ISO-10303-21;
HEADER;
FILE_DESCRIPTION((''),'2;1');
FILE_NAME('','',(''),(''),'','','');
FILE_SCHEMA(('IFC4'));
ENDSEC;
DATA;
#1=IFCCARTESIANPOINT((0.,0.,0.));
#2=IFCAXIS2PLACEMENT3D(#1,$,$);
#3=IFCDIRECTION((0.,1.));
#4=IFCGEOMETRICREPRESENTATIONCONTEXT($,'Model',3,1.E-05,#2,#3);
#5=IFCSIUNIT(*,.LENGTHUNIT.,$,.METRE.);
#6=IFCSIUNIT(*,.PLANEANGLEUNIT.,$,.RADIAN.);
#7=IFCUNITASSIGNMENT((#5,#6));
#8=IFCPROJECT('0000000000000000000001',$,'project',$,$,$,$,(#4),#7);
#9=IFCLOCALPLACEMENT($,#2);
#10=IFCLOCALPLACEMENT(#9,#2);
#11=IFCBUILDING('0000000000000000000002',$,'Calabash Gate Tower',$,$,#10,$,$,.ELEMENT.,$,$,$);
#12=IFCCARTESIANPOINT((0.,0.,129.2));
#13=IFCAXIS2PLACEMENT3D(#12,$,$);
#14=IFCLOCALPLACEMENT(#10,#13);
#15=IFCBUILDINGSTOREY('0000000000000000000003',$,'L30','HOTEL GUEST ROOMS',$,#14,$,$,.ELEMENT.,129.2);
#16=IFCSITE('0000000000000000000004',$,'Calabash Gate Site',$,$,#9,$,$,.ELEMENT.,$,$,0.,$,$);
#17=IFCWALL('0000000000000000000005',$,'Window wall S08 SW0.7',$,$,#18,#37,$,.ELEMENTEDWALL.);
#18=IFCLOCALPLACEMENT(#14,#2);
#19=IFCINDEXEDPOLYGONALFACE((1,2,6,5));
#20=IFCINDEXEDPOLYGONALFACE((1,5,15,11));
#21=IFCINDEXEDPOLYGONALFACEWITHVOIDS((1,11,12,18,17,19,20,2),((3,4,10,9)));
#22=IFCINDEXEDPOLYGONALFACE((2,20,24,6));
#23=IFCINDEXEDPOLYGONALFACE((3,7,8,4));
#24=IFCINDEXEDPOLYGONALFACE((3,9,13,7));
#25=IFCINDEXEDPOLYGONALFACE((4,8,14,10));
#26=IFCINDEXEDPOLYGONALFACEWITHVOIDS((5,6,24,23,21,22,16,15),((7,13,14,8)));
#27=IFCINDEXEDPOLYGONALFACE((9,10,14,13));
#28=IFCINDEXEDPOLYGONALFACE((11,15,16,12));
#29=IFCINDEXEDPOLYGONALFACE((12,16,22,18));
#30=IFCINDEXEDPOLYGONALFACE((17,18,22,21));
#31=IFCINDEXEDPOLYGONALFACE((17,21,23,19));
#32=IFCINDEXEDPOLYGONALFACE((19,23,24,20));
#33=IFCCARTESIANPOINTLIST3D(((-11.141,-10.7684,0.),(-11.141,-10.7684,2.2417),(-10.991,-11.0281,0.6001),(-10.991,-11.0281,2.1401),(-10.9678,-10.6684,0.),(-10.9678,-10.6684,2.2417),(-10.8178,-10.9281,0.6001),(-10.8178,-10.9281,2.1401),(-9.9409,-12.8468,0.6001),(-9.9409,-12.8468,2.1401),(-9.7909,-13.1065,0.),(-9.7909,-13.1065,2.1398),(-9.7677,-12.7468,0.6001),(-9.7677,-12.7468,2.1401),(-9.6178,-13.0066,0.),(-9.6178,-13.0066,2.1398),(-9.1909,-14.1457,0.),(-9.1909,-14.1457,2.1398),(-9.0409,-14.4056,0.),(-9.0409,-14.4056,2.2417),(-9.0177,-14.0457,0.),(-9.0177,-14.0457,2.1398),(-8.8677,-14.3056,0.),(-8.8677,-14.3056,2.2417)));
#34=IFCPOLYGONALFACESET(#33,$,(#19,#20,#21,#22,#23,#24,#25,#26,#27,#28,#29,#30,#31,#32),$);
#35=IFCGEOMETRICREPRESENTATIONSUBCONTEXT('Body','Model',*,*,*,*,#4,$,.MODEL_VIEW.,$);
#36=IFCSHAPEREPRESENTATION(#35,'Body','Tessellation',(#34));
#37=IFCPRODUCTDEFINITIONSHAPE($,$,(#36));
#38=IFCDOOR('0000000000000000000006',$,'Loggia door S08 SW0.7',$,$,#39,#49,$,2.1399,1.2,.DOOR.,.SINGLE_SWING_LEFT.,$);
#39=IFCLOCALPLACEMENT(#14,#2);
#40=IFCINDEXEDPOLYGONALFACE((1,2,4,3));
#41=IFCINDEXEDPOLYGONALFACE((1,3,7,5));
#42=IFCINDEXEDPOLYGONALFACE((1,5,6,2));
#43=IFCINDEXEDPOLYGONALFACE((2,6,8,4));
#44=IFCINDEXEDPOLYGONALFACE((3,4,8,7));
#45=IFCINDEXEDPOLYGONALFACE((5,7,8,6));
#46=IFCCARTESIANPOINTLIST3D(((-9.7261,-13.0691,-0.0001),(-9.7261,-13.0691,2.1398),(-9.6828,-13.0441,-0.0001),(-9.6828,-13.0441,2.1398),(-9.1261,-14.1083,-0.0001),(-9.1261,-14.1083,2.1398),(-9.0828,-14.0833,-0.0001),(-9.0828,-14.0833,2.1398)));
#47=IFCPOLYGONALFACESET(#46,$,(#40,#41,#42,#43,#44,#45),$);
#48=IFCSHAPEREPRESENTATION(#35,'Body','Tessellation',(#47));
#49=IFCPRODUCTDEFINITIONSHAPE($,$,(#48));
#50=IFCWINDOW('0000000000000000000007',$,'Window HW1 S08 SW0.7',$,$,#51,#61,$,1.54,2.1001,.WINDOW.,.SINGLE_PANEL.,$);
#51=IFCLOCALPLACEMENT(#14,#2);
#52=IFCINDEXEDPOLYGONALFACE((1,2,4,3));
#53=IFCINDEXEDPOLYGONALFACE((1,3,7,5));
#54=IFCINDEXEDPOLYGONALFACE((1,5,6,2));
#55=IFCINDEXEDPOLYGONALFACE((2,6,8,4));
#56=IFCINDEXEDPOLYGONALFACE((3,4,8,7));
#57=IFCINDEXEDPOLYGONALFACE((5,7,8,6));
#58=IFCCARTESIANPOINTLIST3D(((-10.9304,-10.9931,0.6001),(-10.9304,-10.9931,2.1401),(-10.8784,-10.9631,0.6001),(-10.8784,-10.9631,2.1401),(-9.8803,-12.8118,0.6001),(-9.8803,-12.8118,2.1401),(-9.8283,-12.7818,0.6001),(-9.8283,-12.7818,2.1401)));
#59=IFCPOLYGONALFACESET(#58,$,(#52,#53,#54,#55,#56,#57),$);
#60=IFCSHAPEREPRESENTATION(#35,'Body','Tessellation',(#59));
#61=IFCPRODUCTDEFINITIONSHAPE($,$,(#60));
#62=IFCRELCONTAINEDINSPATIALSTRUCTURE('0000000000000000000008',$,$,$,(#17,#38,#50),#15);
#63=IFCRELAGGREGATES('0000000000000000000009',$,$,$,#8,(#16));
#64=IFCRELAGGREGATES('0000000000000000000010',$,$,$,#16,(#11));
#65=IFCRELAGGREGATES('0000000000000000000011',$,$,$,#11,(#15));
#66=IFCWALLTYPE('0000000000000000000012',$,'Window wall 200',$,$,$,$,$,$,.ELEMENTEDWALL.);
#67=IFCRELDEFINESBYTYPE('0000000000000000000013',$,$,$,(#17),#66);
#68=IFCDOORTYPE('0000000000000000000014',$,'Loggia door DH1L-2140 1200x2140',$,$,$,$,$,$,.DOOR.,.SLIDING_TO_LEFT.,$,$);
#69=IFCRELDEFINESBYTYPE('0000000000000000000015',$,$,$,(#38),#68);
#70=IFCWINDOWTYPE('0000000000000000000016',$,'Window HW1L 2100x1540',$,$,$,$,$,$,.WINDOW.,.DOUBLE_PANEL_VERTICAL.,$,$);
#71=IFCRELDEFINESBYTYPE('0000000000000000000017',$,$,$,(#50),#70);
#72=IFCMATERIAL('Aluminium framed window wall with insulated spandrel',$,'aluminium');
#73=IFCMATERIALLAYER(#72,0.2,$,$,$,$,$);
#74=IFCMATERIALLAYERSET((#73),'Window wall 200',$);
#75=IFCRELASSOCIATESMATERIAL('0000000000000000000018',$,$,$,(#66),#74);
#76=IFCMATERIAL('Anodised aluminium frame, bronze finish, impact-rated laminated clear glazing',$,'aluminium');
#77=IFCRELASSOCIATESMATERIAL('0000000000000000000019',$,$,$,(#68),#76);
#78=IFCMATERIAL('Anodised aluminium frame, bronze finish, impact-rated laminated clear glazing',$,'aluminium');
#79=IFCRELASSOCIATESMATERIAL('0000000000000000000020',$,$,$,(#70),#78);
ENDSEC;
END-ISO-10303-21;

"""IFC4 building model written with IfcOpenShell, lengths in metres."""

from ifc_helpers import new_model, si_unit, direction, frame, frame_2d, origin, place, context, subcontext, project, spatial, rectangle, extrude, material, layer, layer_set, type_object, element, fill, save


model = new_model("IFC4")

# Units and contexts
model_context = context("Model", 3, precision=1e-05, world=origin(), true_north=direction((0.0, 1.0)))
body_context = subcontext(model_context, "Body", "Model", "MODEL_VIEW")
ifc_project = project(units=[si_unit("LENGTHUNIT", "METRE"), si_unit("PLANEANGLEUNIT", "RADIAN")], contexts=[model_context])

# Site, building, storey
site_placement = place(None, origin())
site = spatial("IfcSite", under=ifc_project, at=site_placement, Name="Calabash Gate Site", CompositionType="ELEMENT", RefElevation=0.0)
building_placement = place(site_placement, origin())
building = spatial("IfcBuilding", under=site, at=building_placement, Name="Calabash Gate Tower", CompositionType="ELEMENT")
storey_placement = place(building_placement, frame((0.0, 0.0, 129.2)))
storey = spatial("IfcBuildingStorey", under=building, at=storey_placement, Name="L30", Description="HOTEL GUEST ROOMS", CompositionType="ELEMENT", Elevation=129.2)

# Wall, openings, door, window
ifc_material_1 = material(Name="Aluminium framed window wall with insulated spandrel", Category="aluminium")
ifc_layer_1 = layer(ifc_material_1, 0.2)
ifc_layer_set_1 = layer_set([ifc_layer_1], Name="Window wall 200")
wall_type_1 = type_object("IfcWallType", Name="Window wall 200", PredefinedType="ELEMENTEDWALL", material=ifc_layer_set_1)
wall_1_placement = place(storey_placement, frame((-11.0544, -10.7183, 0.0), z_axis=(0.0, 0.0, 1.0), x_axis=(0.500028, -0.866009, 0.0)))
wall_1 = element("IfcWall", 1, at=wall_1_placement, inside=storey, type_object=wall_type_1, Name="Window wall S08 SW0.7", PredefinedType="ELEMENTEDWALL", context=body_context, shape_type="SweptSolid", body=[
    extrude(rectangle(XDim=4.2, YDim=0.2, at=frame_2d((2.1001, 0.0))), origin(), (0.0, 0.0, 1.0), 2.2417),
])
opening_1_placement = place(wall_1_placement, frame((0.3, 0.0, 0.6001)))
opening_1 = element("IfcOpeningElement", 2, at=opening_1_placement, cuts=wall_1, PredefinedType="OPENING", context=body_context, shape_type="SweptSolid", body=[
    extrude(rectangle(XDim=2.1001, YDim=1.54, at=frame_2d((1.05, 0.77))), frame((0.0, 0.1099, 0.0), z_axis=(0.0, -1.0, 0.0), x_axis=(1.0, 0.0, 0.0)), (0.0, 0.0, 1.0), 0.22),
])
opening_2_placement = place(wall_1_placement, frame((2.7, 0.0, 0.0)))
opening_2 = element("IfcOpeningElement", 3, at=opening_2_placement, cuts=wall_1, PredefinedType="OPENING", context=body_context, shape_type="SweptSolid", body=[
    extrude(rectangle(XDim=1.2, YDim=2.1399, at=frame_2d((0.6001, 1.0698))), frame((0.0, 0.1099, 0.0), z_axis=(0.0, -1.0, 0.0), x_axis=(1.0, 0.0, 0.0)), (0.0, 0.0, 1.0), 0.22),
])
ifc_material_2 = material(Name="Anodised aluminium frame, bronze finish, impact-rated laminated clear glazing", Category="aluminium")
door_type_1 = type_object("IfcDoorType", Name="Loggia door DH1L-2140 1200x2140", OperationType="SLIDING_TO_LEFT", PredefinedType="DOOR", material=ifc_material_2)
door_1_placement = place(opening_2_placement, origin())
door_1 = element("IfcDoor", 4, at=door_1_placement, inside=storey, type_object=door_type_1, Name="Loggia door S08 SW0.7", OperationType="SINGLE_SWING_LEFT", OverallHeight=2.1399, OverallWidth=1.2, PredefinedType="DOOR", context=body_context, shape_type="SweptSolid", body=[
    extrude(rectangle(XDim=1.2, YDim=2.1399, at=frame_2d((0.6001, 1.0698))), frame((0.0, 0.0249, 0.0), z_axis=(0.0, -1.0, 0.0), x_axis=(1.0, 0.0, 0.0)), (0.0, 0.0, 1.0), 0.05),
])
fill(opening_2, door_1)
ifc_material_3 = material(Name="Anodised aluminium frame, bronze finish, impact-rated laminated clear glazing", Category="aluminium")
window_type_1 = type_object("IfcWindowType", Name="Window HW1L 2100x1540", PartitioningType="DOUBLE_PANEL_VERTICAL", PredefinedType="WINDOW", material=ifc_material_3)
window_1_placement = place(opening_1_placement, origin())
window_1 = element("IfcWindow", 5, at=window_1_placement, inside=storey, type_object=window_type_1, Name="Window HW1 S08 SW0.7", OverallHeight=1.54, OverallWidth=2.1001, PartitioningType="SINGLE_PANEL", PredefinedType="WINDOW", context=body_context, shape_type="SweptSolid", body=[
    extrude(rectangle(XDim=2.1001, YDim=1.54, at=frame_2d((1.05, 0.77))), frame((0.0, 0.03, 0.0), z_axis=(0.0, -1.0, 0.0), x_axis=(1.0, 0.0, 0.0)), (0.0, 0.0, 1.0), 0.0601),
])
fill(opening_1, window_1)

save(model, "model.ifc")
